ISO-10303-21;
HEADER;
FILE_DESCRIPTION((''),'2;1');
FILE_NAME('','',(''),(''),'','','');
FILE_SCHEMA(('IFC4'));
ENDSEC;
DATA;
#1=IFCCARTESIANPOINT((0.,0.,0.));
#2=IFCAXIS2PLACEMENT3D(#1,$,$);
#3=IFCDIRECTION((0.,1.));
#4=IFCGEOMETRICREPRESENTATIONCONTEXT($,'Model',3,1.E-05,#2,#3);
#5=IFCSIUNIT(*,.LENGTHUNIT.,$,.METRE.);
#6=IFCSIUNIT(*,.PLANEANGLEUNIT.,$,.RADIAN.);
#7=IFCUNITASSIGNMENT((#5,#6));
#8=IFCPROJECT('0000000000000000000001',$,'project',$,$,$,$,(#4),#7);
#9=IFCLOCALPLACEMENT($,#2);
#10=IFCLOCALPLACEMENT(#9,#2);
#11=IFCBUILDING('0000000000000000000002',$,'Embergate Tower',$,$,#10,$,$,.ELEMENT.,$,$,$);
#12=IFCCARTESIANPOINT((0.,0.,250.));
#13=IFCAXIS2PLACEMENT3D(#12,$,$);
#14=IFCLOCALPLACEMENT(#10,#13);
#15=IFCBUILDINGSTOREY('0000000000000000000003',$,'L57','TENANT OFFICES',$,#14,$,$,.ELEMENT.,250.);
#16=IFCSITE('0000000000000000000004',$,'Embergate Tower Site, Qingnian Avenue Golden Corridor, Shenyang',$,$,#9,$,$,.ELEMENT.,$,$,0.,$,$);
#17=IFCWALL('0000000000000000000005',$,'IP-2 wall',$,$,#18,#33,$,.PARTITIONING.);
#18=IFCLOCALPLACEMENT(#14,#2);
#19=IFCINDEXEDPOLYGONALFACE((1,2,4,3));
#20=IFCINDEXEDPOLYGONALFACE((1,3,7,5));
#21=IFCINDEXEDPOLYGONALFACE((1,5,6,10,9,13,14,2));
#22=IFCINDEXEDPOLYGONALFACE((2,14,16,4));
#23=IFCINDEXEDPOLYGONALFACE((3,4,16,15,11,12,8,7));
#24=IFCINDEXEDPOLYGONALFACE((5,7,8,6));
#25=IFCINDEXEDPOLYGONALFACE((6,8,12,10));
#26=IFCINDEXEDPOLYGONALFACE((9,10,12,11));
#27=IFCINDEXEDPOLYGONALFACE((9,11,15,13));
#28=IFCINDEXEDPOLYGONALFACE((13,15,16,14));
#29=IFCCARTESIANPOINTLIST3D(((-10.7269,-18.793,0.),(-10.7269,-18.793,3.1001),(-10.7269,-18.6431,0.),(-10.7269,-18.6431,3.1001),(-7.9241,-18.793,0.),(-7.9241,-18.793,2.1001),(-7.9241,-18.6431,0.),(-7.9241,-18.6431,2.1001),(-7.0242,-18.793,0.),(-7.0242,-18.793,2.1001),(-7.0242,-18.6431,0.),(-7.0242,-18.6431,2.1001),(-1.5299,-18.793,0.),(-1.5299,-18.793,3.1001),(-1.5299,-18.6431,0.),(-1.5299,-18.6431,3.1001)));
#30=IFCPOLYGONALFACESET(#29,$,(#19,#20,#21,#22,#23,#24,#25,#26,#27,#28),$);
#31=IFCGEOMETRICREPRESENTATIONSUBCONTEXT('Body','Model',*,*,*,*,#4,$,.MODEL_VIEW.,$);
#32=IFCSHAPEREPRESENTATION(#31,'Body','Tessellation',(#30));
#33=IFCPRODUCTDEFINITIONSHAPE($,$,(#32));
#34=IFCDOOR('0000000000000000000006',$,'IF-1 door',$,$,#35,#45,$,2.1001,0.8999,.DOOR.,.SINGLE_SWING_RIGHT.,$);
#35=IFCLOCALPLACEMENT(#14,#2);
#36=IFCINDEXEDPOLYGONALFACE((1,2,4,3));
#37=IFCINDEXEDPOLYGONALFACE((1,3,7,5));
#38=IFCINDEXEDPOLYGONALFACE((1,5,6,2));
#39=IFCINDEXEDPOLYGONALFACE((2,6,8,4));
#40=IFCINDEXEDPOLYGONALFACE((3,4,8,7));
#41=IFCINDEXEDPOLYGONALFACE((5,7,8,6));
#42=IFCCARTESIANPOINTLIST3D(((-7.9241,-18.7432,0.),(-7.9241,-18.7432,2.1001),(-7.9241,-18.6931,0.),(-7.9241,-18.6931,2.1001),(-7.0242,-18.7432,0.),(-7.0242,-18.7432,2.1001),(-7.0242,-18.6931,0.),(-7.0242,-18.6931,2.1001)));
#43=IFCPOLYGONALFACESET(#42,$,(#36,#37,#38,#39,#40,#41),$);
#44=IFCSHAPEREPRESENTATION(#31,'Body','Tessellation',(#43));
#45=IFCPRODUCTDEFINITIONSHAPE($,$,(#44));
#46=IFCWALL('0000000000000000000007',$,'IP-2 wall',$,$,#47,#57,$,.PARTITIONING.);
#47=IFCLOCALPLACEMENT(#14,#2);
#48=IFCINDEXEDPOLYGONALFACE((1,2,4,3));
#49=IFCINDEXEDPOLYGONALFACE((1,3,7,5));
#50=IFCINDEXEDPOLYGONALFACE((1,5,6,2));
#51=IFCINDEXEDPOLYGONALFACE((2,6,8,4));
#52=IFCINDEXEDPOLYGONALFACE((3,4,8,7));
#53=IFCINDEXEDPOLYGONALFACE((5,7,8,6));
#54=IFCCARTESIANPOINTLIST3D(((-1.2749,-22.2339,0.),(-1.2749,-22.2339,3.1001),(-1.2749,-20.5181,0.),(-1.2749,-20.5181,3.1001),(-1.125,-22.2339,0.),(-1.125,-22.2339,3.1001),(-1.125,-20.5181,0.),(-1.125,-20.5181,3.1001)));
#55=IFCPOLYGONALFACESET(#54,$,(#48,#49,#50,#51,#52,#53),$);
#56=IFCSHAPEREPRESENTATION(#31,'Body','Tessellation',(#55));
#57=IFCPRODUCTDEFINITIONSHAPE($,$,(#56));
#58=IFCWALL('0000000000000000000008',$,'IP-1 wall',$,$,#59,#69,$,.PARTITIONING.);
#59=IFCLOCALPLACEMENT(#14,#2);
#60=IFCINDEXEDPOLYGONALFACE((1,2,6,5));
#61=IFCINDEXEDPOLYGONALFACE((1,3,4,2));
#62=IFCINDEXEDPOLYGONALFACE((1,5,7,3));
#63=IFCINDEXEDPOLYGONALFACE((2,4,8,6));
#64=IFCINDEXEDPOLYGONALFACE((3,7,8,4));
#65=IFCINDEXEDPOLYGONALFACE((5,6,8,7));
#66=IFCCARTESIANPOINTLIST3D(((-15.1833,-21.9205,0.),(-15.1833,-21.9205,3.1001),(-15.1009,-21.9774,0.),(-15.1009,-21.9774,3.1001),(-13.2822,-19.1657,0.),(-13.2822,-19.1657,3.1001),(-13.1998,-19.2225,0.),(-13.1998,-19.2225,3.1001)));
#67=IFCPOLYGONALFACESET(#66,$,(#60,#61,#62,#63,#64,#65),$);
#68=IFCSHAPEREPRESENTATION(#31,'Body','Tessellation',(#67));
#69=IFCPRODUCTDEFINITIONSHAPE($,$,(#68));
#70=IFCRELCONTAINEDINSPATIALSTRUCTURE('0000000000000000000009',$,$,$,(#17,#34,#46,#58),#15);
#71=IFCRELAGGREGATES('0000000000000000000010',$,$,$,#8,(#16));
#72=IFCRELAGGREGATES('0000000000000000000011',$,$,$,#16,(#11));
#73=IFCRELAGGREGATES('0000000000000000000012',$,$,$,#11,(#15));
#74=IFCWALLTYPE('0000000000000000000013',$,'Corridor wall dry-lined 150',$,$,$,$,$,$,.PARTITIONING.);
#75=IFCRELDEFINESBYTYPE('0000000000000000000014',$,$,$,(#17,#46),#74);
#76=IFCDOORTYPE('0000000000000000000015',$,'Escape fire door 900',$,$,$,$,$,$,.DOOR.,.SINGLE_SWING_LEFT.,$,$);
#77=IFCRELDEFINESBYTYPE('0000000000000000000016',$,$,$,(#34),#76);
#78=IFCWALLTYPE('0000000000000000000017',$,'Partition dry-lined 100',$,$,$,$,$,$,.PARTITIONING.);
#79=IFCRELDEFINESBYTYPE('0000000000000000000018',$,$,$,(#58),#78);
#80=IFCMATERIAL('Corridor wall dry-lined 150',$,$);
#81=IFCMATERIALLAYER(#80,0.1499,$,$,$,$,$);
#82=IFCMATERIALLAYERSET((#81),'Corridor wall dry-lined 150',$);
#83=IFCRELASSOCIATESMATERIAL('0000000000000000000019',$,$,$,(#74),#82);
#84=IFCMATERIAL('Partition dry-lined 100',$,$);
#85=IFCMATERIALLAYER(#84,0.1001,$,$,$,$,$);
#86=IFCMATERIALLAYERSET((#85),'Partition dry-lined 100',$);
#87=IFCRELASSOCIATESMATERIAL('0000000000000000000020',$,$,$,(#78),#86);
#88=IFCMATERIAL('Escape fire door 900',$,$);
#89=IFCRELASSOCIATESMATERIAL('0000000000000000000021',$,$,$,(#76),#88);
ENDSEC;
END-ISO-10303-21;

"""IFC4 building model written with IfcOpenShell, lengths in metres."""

from ifc_helpers import new_model, si_unit, direction, frame, frame_2d, origin, place, context, subcontext, project, spatial, rectangle, extrude, source, transform, mapped, material, layer, layer_set, type_object, element, fill, save


model = new_model("IFC4")

# Units and contexts
model_context = context("Model", 3, precision=1e-05, world=origin(), true_north=direction((0.0, 1.0)))
body_context = subcontext(model_context, "Body", "Model", "MODEL_VIEW")
ifc_project = project(units=[si_unit("LENGTHUNIT", "METRE"), si_unit("PLANEANGLEUNIT", "RADIAN")], contexts=[model_context])

# Site, building, storey
site_placement = place(None, origin())
site = spatial("IfcSite", under=ifc_project, at=site_placement, Name="Embergate Tower Site, Qingnian Avenue Golden Corridor, Shenyang", CompositionType="ELEMENT", RefElevation=0.0)
building_placement = place(site_placement, origin())
building = spatial("IfcBuilding", under=site, at=building_placement, Name="Embergate Tower", CompositionType="ELEMENT")
storey_placement = place(building_placement, frame((0.0, 0.0, 250.0)))
storey = spatial("IfcBuildingStorey", under=building, at=storey_placement, Name="L57", Description="TENANT OFFICES", CompositionType="ELEMENT", Elevation=250.0)

# Shared definitions
ifc_material_1 = material(Name="Corridor wall dry-lined 150")
ifc_layer_1 = layer(ifc_material_1, 0.1499)
ifc_layer_set_1 = layer_set([ifc_layer_1], Name="Corridor wall dry-lined 150")
wall_type_1 = type_object("IfcWallType", Name="Corridor wall dry-lined 150", PredefinedType="PARTITIONING", material=ifc_layer_set_1)
ifc_material_2 = material(Name="Partition dry-lined 100")
ifc_layer_2 = layer(ifc_material_2, 0.1001)
ifc_layer_set_2 = layer_set([ifc_layer_2], Name="Partition dry-lined 100")
wall_type_2 = type_object("IfcWallType", Name="Partition dry-lined 100", PredefinedType="PARTITIONING", material=ifc_layer_set_2)

# Shared definitions
shared_shape_1 = source(origin(), body_context, "Body", "SweptSolid", [
    extrude(rectangle(XDim=0.8999, YDim=2.1001, at=frame_2d((0.45, 1.05))), frame((0.0, 0.085, 0.0), z_axis=(0.0, -1.0, 0.0), x_axis=(1.0, 0.0, 0.0)), (0.0, 0.0, 1.0), 0.1699),
])
ifc_material_3 = material(Name="Escape fire door 900")
door_type_1 = type_object("IfcDoorType", Name="Escape fire door 900", OperationType="SINGLE_SWING_LEFT", PredefinedType="DOOR", material=ifc_material_3)
shared_shape_2 = source(origin(), body_context, "Body", "SweptSolid", [
    extrude(rectangle(XDim=0.8999, YDim=2.1001, at=frame_2d((0.45, 1.05))), frame((0.0, 0.0249, 0.0), z_axis=(0.0, -1.0, 0.0), x_axis=(1.0, 0.0, 0.0)), (0.0, 0.0, 1.0), 0.05),
])

# Wall, opening, door
shared_shape_3 = source(origin(), body_context, "Body", "SweptSolid", [
    extrude(rectangle(XDim=9.197, YDim=0.1499, at=frame_2d((4.5986, 0.0))), origin(), (0.0, 0.0, 1.0), 3.1001),
])
wall_1_placement = place(storey_placement, frame((-10.7271, -18.718, 0.0), z_axis=(0.0, 0.0, 1.0), x_axis=(1.0, 0.0, 0.0)))
wall_1 = element("IfcWall", 1, at=wall_1_placement, inside=storey, type_object=wall_type_1, Name="IP-2 wall", PredefinedType="PARTITIONING", context=body_context, shape_type="MappedRepresentation", body=[
    mapped(shared_shape_3, transform((0.0, 0.0, 0.0))),
])
opening_1_placement = place(wall_1_placement, frame((2.803, 0.0, 0.0)))
opening_1 = element("IfcOpeningElement", 2, at=opening_1_placement, cuts=wall_1, PredefinedType="OPENING", context=body_context, shape_type="MappedRepresentation", body=[
    mapped(shared_shape_1, transform((0.0, 0.0, 0.0))),
])
door_1_placement = place(opening_1_placement, origin())
door_1 = element("IfcDoor", 3, at=door_1_placement, inside=storey, type_object=door_type_1, Name="IF-1 door", OperationType="SINGLE_SWING_RIGHT", OverallHeight=2.1001, OverallWidth=0.8999, PredefinedType="DOOR", context=body_context, shape_type="MappedRepresentation", body=[
    mapped(shared_shape_2, transform((0.0, 0.0, 0.0))),
])
fill(opening_1, door_1)

# Walls
shared_shape_4 = source(origin(), body_context, "Body", "SweptSolid", [
    extrude(rectangle(XDim=1.7158, YDim=0.1499, at=frame_2d((0.8579, 0.0))), origin(), (0.0, 0.0, 1.0), 3.1001),
])
wall_2_placement = place(storey_placement, frame((-1.2, -22.2339, 0.0), z_axis=(0.0, 0.0, 1.0), x_axis=(0.0, 1.0, 0.0)))
element("IfcWall", 4, at=wall_2_placement, inside=storey, type_object=wall_type_1, Name="IP-2 wall", PredefinedType="PARTITIONING", context=body_context, shape_type="MappedRepresentation", body=[
    mapped(shared_shape_4, transform((0.0, 0.0, 0.0))),
])
shared_shape_5 = source(origin(), body_context, "Body", "SweptSolid", [
    extrude(rectangle(XDim=3.3472, YDim=0.1001, at=frame_2d((1.6736, 0.0))), origin(), (0.0, 0.0, 1.0), 3.1001),
])
wall_3_placement = place(storey_placement, frame((-13.241, -19.1941, 0.0), z_axis=(0.0, 0.0, 1.0), x_axis=(-0.567977, -0.823045, 0.0)))
element("IfcWall", 5, at=wall_3_placement, inside=storey, type_object=wall_type_2, Name="IP-1 wall", PredefinedType="PARTITIONING", context=body_context, shape_type="MappedRepresentation", body=[
    mapped(shared_shape_5, transform((0.0, 0.0, 0.0))),
])

save(model, "model.ifc")
